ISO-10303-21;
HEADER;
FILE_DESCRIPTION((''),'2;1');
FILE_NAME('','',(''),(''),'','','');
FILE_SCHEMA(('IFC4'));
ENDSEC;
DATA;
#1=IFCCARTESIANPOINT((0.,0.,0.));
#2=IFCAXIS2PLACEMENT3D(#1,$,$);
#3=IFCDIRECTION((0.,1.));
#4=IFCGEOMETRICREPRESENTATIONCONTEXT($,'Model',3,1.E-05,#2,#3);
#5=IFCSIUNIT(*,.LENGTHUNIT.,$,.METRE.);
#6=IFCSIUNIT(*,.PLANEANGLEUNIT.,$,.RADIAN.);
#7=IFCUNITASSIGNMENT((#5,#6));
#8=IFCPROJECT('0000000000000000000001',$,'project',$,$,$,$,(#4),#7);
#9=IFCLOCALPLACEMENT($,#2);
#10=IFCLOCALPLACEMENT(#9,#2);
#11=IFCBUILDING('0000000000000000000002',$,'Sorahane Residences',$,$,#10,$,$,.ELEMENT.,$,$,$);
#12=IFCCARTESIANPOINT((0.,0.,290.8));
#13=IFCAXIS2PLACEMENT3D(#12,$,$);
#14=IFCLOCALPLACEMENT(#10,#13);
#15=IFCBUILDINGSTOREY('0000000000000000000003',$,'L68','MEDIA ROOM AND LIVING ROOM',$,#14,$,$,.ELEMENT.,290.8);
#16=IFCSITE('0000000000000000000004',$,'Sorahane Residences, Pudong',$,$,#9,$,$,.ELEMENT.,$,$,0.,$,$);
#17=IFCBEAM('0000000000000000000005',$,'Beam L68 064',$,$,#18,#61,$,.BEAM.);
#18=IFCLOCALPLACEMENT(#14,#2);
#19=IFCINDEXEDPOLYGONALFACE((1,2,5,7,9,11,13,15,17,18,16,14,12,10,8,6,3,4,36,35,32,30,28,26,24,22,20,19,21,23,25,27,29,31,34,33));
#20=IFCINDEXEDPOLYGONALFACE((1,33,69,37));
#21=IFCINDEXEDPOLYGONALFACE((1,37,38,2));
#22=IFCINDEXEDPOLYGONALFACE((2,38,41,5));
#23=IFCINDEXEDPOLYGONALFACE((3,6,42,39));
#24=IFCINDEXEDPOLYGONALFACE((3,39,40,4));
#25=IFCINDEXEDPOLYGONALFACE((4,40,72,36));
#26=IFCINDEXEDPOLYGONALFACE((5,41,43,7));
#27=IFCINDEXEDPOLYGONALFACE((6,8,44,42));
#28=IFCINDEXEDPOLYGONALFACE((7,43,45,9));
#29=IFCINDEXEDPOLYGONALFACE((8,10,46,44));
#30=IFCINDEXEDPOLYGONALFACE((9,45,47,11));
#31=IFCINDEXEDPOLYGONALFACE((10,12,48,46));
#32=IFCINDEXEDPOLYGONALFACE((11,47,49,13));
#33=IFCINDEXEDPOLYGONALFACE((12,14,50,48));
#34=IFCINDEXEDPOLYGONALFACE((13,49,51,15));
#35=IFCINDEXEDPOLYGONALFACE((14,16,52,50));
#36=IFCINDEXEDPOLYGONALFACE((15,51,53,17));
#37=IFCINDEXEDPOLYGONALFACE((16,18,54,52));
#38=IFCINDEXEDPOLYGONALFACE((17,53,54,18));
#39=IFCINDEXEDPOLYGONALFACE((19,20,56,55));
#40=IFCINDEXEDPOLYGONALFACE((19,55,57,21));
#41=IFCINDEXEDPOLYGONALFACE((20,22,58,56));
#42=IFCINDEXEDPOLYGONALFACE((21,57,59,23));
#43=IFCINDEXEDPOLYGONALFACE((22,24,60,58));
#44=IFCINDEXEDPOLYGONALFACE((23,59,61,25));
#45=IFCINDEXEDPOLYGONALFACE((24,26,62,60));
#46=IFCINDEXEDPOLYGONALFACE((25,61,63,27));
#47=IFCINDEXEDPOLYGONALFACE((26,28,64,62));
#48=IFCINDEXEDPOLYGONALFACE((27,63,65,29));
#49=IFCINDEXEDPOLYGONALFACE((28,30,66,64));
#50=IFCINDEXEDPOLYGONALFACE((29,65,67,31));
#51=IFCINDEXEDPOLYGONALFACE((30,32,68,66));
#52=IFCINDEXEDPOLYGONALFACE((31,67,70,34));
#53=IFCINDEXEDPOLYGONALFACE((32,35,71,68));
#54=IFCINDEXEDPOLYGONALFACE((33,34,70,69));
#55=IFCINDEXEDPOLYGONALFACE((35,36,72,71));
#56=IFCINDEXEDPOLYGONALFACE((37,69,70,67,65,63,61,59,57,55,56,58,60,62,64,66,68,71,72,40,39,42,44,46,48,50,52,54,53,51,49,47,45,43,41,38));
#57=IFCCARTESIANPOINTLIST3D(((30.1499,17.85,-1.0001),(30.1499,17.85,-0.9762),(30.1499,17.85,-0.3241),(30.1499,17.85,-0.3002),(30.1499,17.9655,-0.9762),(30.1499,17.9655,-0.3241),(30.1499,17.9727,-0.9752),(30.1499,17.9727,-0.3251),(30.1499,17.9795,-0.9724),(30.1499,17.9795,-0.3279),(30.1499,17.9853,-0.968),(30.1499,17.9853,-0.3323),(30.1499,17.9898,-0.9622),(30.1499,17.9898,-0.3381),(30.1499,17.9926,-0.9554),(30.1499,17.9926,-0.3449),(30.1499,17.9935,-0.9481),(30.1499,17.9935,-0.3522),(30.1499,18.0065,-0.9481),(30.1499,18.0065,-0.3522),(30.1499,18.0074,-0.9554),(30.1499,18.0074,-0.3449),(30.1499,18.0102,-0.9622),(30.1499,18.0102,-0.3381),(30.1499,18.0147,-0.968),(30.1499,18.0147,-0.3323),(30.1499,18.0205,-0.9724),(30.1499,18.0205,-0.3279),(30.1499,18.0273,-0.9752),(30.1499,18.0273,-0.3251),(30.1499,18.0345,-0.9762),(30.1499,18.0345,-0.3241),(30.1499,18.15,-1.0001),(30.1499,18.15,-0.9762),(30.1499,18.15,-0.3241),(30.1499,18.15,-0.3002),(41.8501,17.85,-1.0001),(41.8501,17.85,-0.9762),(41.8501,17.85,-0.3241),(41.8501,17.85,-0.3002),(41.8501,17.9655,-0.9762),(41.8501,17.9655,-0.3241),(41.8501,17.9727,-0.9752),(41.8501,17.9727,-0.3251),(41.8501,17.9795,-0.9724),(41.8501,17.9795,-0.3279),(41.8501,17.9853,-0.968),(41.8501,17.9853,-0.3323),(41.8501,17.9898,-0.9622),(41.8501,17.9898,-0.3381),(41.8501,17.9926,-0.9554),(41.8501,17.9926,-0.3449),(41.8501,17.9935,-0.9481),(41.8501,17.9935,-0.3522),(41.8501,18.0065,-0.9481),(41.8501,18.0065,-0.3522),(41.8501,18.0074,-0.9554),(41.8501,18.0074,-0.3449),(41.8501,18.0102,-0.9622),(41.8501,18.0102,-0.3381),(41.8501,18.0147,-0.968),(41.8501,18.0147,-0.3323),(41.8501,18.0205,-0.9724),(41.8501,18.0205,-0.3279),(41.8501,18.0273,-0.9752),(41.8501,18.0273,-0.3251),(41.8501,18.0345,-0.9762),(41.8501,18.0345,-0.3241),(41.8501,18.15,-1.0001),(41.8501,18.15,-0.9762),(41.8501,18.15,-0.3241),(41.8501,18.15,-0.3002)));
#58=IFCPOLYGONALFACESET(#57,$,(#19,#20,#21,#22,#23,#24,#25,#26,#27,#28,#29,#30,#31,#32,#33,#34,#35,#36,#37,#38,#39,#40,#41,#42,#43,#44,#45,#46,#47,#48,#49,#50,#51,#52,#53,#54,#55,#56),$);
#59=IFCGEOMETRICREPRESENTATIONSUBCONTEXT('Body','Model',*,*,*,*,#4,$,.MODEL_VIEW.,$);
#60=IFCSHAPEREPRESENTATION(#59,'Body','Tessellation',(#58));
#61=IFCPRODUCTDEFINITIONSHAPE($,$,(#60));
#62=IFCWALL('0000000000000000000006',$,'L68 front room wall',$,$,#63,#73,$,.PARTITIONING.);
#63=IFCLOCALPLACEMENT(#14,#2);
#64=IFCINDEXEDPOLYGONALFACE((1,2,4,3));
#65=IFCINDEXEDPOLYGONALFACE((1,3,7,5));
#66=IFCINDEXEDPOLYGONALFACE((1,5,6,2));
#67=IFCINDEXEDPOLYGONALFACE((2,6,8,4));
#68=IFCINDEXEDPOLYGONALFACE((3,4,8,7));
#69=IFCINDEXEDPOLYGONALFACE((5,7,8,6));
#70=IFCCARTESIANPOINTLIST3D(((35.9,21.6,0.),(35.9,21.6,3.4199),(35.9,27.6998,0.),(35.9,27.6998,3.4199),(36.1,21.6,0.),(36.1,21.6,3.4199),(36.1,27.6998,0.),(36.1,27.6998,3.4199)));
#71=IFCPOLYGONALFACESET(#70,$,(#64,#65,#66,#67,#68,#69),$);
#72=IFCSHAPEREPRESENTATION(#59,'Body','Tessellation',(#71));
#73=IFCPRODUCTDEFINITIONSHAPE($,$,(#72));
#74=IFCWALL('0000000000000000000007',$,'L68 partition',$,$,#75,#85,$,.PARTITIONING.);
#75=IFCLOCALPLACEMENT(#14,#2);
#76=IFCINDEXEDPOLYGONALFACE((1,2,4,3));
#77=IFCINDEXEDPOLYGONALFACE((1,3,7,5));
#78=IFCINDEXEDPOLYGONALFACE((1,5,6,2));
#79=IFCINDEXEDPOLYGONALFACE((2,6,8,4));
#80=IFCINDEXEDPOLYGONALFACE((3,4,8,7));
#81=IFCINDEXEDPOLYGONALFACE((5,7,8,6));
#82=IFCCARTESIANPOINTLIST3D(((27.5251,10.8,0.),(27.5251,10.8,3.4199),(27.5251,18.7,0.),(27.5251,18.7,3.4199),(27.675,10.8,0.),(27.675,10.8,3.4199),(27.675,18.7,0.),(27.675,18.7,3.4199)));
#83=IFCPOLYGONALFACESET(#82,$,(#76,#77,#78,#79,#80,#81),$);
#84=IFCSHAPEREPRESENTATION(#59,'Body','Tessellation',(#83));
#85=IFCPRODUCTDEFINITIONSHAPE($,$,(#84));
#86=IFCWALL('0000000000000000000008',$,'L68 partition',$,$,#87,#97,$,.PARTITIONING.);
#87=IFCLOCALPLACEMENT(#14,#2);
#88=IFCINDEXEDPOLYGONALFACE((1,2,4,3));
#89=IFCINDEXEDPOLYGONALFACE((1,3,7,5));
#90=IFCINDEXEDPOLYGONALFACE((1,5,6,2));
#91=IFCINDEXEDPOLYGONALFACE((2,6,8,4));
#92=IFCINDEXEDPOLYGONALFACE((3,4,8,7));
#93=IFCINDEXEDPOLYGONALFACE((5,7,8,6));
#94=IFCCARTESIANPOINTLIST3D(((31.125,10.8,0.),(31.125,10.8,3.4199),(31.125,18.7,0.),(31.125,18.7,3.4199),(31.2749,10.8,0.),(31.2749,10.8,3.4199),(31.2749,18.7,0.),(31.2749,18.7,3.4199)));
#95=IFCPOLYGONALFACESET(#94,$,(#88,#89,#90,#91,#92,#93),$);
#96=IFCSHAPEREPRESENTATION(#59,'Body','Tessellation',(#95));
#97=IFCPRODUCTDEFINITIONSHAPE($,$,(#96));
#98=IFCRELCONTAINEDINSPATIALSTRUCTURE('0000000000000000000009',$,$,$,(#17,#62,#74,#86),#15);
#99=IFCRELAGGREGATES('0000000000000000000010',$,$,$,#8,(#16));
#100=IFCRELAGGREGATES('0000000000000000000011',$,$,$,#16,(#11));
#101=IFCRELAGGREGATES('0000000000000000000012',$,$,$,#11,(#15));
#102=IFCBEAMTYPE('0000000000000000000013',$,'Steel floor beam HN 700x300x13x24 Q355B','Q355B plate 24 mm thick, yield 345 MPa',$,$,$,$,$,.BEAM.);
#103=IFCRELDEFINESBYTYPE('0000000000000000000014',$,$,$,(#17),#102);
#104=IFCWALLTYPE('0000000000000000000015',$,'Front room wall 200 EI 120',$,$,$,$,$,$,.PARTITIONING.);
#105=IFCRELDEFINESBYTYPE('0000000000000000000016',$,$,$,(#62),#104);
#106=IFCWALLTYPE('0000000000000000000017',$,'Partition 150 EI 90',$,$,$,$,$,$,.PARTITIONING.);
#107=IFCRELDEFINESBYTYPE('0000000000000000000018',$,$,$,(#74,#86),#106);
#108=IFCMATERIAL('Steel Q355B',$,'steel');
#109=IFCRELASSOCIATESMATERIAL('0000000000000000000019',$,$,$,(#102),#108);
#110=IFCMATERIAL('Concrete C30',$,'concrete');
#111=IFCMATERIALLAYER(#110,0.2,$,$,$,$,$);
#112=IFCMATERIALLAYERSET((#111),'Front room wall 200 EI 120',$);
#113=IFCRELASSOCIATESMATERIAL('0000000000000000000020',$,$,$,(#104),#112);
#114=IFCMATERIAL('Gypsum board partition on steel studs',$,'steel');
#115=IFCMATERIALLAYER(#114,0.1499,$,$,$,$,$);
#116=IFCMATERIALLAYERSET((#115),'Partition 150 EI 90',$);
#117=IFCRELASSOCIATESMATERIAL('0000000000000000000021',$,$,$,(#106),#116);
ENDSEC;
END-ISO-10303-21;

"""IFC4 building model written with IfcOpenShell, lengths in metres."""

from ifc_helpers import new_model, si_unit, direction, frame, frame_2d, origin, origin_2d, place, context, subcontext, project, spatial, rectangle, i_section, extrude, material, layer, layer_set, material_profile, profile_set, type_object, element, save


model = new_model("IFC4")

# Units and contexts
model_context = context("Model", 3, precision=1e-05, world=origin(), true_north=direction((0.0, 1.0)))
body_context = subcontext(model_context, "Body", "Model", "MODEL_VIEW")
ifc_project = project(units=[si_unit("LENGTHUNIT", "METRE"), si_unit("PLANEANGLEUNIT", "RADIAN")], contexts=[model_context])

# Site, building, storey
site_placement = place(None, origin())
site = spatial("IfcSite", under=ifc_project, at=site_placement, Name="Sorahane Residences, Pudong", CompositionType="ELEMENT", RefElevation=0.0)
building_placement = place(site_placement, origin())
building = spatial("IfcBuilding", under=site, at=building_placement, Name="Sorahane Residences", CompositionType="ELEMENT")
storey_placement = place(building_placement, frame((0.0, 0.0, 290.8)))
storey = spatial("IfcBuildingStorey", under=building, at=storey_placement, Name="L68", Description="MEDIA ROOM AND LIVING ROOM", CompositionType="ELEMENT", Elevation=290.8)

# Beam
ifc_material_1 = material(Name="Steel Q355B", Category="steel")
ifc_material_profile_1 = material_profile(ifc_material_1, i_section(OverallWidth=0.3, OverallDepth=0.7, WebThickness=0.0129, FlangeThickness=0.0239, FilletRadius=0.0281, at=origin_2d()), Name="HN 700x300x13x24")
ifc_profile_set_1 = profile_set([ifc_material_profile_1], Name="Steel Q355B")
beam_type_1 = type_object("IfcBeamType", Name="Steel floor beam HN 700x300x13x24 Q355B", Description="Q355B plate 24 mm thick, yield 345 MPa", PredefinedType="BEAM", material=ifc_profile_set_1)
beam_1_placement = place(storey_placement, frame((30.1499, 18.0, -0.6501), z_axis=(1.0, 0.0, 0.0), x_axis=(0.0, 1.0, 0.0)))
element("IfcBeam", 1, at=beam_1_placement, inside=storey, type_object=beam_type_1, Name="Beam L68 064", PredefinedType="BEAM", context=body_context, shape_type="SweptSolid", body=[
    extrude(i_section(OverallWidth=0.3, OverallDepth=0.7, WebThickness=0.0129, FlangeThickness=0.0239, FilletRadius=0.0281, at=origin_2d()), origin(), (0.0, 0.0, 1.0), 11.7002),
])

# Walls
ifc_material_2 = material(Name="Concrete C30", Category="concrete")
ifc_layer_1 = layer(ifc_material_2, 0.2)
ifc_layer_set_1 = layer_set([ifc_layer_1], Name="Front room wall 200 EI 120")
wall_type_1 = type_object("IfcWallType", Name="Front room wall 200 EI 120", PredefinedType="PARTITIONING", material=ifc_layer_set_1)
wall_1_placement = place(storey_placement, frame((36.0, 21.6001, 0.0), z_axis=(0.0, 0.0, 1.0), x_axis=(0.0, 1.0, 0.0)))
element("IfcWall", 2, at=wall_1_placement, inside=storey, type_object=wall_type_1, Name="L68 front room wall", PredefinedType="PARTITIONING", context=body_context, shape_type="SweptSolid", body=[
    extrude(rectangle(XDim=6.0999, YDim=0.2, at=frame_2d((3.0498, 0.0))), origin(), (0.0, 0.0, 1.0), 3.4199),
])
ifc_material_3 = material(Name="Gypsum board partition on steel studs", Category="steel")
ifc_layer_2 = layer(ifc_material_3, 0.1499)
ifc_layer_set_2 = layer_set([ifc_layer_2], Name="Partition 150 EI 90")
wall_type_2 = type_object("IfcWallType", Name="Partition 150 EI 90", PredefinedType="PARTITIONING", material=ifc_layer_set_2)
for number, where, z_axis, x_axis, name in (
    (3, (27.6001, 10.8, 0.0), (0.0, 0.0, 1.0), (0.0, 1.0, 0.0), "L68 partition"),
    (4, (31.2, 10.8, 0.0), (0.0, 0.0, 1.0), (0.0, 1.0, 0.0), "L68 partition"),
):
    element("IfcWall", number, at=place(storey_placement, frame(where, z_axis=z_axis, x_axis=x_axis)), inside=storey, type_object=wall_type_2, Name=name, PredefinedType="PARTITIONING", context=body_context, shape_type="SweptSolid", body=[
        extrude(rectangle(XDim=7.8999, YDim=0.1499, at=frame_2d((3.95, 0.0))), origin(), (0.0, 0.0, 1.0), 3.4199),
    ])

save(model, "model.ifc")
